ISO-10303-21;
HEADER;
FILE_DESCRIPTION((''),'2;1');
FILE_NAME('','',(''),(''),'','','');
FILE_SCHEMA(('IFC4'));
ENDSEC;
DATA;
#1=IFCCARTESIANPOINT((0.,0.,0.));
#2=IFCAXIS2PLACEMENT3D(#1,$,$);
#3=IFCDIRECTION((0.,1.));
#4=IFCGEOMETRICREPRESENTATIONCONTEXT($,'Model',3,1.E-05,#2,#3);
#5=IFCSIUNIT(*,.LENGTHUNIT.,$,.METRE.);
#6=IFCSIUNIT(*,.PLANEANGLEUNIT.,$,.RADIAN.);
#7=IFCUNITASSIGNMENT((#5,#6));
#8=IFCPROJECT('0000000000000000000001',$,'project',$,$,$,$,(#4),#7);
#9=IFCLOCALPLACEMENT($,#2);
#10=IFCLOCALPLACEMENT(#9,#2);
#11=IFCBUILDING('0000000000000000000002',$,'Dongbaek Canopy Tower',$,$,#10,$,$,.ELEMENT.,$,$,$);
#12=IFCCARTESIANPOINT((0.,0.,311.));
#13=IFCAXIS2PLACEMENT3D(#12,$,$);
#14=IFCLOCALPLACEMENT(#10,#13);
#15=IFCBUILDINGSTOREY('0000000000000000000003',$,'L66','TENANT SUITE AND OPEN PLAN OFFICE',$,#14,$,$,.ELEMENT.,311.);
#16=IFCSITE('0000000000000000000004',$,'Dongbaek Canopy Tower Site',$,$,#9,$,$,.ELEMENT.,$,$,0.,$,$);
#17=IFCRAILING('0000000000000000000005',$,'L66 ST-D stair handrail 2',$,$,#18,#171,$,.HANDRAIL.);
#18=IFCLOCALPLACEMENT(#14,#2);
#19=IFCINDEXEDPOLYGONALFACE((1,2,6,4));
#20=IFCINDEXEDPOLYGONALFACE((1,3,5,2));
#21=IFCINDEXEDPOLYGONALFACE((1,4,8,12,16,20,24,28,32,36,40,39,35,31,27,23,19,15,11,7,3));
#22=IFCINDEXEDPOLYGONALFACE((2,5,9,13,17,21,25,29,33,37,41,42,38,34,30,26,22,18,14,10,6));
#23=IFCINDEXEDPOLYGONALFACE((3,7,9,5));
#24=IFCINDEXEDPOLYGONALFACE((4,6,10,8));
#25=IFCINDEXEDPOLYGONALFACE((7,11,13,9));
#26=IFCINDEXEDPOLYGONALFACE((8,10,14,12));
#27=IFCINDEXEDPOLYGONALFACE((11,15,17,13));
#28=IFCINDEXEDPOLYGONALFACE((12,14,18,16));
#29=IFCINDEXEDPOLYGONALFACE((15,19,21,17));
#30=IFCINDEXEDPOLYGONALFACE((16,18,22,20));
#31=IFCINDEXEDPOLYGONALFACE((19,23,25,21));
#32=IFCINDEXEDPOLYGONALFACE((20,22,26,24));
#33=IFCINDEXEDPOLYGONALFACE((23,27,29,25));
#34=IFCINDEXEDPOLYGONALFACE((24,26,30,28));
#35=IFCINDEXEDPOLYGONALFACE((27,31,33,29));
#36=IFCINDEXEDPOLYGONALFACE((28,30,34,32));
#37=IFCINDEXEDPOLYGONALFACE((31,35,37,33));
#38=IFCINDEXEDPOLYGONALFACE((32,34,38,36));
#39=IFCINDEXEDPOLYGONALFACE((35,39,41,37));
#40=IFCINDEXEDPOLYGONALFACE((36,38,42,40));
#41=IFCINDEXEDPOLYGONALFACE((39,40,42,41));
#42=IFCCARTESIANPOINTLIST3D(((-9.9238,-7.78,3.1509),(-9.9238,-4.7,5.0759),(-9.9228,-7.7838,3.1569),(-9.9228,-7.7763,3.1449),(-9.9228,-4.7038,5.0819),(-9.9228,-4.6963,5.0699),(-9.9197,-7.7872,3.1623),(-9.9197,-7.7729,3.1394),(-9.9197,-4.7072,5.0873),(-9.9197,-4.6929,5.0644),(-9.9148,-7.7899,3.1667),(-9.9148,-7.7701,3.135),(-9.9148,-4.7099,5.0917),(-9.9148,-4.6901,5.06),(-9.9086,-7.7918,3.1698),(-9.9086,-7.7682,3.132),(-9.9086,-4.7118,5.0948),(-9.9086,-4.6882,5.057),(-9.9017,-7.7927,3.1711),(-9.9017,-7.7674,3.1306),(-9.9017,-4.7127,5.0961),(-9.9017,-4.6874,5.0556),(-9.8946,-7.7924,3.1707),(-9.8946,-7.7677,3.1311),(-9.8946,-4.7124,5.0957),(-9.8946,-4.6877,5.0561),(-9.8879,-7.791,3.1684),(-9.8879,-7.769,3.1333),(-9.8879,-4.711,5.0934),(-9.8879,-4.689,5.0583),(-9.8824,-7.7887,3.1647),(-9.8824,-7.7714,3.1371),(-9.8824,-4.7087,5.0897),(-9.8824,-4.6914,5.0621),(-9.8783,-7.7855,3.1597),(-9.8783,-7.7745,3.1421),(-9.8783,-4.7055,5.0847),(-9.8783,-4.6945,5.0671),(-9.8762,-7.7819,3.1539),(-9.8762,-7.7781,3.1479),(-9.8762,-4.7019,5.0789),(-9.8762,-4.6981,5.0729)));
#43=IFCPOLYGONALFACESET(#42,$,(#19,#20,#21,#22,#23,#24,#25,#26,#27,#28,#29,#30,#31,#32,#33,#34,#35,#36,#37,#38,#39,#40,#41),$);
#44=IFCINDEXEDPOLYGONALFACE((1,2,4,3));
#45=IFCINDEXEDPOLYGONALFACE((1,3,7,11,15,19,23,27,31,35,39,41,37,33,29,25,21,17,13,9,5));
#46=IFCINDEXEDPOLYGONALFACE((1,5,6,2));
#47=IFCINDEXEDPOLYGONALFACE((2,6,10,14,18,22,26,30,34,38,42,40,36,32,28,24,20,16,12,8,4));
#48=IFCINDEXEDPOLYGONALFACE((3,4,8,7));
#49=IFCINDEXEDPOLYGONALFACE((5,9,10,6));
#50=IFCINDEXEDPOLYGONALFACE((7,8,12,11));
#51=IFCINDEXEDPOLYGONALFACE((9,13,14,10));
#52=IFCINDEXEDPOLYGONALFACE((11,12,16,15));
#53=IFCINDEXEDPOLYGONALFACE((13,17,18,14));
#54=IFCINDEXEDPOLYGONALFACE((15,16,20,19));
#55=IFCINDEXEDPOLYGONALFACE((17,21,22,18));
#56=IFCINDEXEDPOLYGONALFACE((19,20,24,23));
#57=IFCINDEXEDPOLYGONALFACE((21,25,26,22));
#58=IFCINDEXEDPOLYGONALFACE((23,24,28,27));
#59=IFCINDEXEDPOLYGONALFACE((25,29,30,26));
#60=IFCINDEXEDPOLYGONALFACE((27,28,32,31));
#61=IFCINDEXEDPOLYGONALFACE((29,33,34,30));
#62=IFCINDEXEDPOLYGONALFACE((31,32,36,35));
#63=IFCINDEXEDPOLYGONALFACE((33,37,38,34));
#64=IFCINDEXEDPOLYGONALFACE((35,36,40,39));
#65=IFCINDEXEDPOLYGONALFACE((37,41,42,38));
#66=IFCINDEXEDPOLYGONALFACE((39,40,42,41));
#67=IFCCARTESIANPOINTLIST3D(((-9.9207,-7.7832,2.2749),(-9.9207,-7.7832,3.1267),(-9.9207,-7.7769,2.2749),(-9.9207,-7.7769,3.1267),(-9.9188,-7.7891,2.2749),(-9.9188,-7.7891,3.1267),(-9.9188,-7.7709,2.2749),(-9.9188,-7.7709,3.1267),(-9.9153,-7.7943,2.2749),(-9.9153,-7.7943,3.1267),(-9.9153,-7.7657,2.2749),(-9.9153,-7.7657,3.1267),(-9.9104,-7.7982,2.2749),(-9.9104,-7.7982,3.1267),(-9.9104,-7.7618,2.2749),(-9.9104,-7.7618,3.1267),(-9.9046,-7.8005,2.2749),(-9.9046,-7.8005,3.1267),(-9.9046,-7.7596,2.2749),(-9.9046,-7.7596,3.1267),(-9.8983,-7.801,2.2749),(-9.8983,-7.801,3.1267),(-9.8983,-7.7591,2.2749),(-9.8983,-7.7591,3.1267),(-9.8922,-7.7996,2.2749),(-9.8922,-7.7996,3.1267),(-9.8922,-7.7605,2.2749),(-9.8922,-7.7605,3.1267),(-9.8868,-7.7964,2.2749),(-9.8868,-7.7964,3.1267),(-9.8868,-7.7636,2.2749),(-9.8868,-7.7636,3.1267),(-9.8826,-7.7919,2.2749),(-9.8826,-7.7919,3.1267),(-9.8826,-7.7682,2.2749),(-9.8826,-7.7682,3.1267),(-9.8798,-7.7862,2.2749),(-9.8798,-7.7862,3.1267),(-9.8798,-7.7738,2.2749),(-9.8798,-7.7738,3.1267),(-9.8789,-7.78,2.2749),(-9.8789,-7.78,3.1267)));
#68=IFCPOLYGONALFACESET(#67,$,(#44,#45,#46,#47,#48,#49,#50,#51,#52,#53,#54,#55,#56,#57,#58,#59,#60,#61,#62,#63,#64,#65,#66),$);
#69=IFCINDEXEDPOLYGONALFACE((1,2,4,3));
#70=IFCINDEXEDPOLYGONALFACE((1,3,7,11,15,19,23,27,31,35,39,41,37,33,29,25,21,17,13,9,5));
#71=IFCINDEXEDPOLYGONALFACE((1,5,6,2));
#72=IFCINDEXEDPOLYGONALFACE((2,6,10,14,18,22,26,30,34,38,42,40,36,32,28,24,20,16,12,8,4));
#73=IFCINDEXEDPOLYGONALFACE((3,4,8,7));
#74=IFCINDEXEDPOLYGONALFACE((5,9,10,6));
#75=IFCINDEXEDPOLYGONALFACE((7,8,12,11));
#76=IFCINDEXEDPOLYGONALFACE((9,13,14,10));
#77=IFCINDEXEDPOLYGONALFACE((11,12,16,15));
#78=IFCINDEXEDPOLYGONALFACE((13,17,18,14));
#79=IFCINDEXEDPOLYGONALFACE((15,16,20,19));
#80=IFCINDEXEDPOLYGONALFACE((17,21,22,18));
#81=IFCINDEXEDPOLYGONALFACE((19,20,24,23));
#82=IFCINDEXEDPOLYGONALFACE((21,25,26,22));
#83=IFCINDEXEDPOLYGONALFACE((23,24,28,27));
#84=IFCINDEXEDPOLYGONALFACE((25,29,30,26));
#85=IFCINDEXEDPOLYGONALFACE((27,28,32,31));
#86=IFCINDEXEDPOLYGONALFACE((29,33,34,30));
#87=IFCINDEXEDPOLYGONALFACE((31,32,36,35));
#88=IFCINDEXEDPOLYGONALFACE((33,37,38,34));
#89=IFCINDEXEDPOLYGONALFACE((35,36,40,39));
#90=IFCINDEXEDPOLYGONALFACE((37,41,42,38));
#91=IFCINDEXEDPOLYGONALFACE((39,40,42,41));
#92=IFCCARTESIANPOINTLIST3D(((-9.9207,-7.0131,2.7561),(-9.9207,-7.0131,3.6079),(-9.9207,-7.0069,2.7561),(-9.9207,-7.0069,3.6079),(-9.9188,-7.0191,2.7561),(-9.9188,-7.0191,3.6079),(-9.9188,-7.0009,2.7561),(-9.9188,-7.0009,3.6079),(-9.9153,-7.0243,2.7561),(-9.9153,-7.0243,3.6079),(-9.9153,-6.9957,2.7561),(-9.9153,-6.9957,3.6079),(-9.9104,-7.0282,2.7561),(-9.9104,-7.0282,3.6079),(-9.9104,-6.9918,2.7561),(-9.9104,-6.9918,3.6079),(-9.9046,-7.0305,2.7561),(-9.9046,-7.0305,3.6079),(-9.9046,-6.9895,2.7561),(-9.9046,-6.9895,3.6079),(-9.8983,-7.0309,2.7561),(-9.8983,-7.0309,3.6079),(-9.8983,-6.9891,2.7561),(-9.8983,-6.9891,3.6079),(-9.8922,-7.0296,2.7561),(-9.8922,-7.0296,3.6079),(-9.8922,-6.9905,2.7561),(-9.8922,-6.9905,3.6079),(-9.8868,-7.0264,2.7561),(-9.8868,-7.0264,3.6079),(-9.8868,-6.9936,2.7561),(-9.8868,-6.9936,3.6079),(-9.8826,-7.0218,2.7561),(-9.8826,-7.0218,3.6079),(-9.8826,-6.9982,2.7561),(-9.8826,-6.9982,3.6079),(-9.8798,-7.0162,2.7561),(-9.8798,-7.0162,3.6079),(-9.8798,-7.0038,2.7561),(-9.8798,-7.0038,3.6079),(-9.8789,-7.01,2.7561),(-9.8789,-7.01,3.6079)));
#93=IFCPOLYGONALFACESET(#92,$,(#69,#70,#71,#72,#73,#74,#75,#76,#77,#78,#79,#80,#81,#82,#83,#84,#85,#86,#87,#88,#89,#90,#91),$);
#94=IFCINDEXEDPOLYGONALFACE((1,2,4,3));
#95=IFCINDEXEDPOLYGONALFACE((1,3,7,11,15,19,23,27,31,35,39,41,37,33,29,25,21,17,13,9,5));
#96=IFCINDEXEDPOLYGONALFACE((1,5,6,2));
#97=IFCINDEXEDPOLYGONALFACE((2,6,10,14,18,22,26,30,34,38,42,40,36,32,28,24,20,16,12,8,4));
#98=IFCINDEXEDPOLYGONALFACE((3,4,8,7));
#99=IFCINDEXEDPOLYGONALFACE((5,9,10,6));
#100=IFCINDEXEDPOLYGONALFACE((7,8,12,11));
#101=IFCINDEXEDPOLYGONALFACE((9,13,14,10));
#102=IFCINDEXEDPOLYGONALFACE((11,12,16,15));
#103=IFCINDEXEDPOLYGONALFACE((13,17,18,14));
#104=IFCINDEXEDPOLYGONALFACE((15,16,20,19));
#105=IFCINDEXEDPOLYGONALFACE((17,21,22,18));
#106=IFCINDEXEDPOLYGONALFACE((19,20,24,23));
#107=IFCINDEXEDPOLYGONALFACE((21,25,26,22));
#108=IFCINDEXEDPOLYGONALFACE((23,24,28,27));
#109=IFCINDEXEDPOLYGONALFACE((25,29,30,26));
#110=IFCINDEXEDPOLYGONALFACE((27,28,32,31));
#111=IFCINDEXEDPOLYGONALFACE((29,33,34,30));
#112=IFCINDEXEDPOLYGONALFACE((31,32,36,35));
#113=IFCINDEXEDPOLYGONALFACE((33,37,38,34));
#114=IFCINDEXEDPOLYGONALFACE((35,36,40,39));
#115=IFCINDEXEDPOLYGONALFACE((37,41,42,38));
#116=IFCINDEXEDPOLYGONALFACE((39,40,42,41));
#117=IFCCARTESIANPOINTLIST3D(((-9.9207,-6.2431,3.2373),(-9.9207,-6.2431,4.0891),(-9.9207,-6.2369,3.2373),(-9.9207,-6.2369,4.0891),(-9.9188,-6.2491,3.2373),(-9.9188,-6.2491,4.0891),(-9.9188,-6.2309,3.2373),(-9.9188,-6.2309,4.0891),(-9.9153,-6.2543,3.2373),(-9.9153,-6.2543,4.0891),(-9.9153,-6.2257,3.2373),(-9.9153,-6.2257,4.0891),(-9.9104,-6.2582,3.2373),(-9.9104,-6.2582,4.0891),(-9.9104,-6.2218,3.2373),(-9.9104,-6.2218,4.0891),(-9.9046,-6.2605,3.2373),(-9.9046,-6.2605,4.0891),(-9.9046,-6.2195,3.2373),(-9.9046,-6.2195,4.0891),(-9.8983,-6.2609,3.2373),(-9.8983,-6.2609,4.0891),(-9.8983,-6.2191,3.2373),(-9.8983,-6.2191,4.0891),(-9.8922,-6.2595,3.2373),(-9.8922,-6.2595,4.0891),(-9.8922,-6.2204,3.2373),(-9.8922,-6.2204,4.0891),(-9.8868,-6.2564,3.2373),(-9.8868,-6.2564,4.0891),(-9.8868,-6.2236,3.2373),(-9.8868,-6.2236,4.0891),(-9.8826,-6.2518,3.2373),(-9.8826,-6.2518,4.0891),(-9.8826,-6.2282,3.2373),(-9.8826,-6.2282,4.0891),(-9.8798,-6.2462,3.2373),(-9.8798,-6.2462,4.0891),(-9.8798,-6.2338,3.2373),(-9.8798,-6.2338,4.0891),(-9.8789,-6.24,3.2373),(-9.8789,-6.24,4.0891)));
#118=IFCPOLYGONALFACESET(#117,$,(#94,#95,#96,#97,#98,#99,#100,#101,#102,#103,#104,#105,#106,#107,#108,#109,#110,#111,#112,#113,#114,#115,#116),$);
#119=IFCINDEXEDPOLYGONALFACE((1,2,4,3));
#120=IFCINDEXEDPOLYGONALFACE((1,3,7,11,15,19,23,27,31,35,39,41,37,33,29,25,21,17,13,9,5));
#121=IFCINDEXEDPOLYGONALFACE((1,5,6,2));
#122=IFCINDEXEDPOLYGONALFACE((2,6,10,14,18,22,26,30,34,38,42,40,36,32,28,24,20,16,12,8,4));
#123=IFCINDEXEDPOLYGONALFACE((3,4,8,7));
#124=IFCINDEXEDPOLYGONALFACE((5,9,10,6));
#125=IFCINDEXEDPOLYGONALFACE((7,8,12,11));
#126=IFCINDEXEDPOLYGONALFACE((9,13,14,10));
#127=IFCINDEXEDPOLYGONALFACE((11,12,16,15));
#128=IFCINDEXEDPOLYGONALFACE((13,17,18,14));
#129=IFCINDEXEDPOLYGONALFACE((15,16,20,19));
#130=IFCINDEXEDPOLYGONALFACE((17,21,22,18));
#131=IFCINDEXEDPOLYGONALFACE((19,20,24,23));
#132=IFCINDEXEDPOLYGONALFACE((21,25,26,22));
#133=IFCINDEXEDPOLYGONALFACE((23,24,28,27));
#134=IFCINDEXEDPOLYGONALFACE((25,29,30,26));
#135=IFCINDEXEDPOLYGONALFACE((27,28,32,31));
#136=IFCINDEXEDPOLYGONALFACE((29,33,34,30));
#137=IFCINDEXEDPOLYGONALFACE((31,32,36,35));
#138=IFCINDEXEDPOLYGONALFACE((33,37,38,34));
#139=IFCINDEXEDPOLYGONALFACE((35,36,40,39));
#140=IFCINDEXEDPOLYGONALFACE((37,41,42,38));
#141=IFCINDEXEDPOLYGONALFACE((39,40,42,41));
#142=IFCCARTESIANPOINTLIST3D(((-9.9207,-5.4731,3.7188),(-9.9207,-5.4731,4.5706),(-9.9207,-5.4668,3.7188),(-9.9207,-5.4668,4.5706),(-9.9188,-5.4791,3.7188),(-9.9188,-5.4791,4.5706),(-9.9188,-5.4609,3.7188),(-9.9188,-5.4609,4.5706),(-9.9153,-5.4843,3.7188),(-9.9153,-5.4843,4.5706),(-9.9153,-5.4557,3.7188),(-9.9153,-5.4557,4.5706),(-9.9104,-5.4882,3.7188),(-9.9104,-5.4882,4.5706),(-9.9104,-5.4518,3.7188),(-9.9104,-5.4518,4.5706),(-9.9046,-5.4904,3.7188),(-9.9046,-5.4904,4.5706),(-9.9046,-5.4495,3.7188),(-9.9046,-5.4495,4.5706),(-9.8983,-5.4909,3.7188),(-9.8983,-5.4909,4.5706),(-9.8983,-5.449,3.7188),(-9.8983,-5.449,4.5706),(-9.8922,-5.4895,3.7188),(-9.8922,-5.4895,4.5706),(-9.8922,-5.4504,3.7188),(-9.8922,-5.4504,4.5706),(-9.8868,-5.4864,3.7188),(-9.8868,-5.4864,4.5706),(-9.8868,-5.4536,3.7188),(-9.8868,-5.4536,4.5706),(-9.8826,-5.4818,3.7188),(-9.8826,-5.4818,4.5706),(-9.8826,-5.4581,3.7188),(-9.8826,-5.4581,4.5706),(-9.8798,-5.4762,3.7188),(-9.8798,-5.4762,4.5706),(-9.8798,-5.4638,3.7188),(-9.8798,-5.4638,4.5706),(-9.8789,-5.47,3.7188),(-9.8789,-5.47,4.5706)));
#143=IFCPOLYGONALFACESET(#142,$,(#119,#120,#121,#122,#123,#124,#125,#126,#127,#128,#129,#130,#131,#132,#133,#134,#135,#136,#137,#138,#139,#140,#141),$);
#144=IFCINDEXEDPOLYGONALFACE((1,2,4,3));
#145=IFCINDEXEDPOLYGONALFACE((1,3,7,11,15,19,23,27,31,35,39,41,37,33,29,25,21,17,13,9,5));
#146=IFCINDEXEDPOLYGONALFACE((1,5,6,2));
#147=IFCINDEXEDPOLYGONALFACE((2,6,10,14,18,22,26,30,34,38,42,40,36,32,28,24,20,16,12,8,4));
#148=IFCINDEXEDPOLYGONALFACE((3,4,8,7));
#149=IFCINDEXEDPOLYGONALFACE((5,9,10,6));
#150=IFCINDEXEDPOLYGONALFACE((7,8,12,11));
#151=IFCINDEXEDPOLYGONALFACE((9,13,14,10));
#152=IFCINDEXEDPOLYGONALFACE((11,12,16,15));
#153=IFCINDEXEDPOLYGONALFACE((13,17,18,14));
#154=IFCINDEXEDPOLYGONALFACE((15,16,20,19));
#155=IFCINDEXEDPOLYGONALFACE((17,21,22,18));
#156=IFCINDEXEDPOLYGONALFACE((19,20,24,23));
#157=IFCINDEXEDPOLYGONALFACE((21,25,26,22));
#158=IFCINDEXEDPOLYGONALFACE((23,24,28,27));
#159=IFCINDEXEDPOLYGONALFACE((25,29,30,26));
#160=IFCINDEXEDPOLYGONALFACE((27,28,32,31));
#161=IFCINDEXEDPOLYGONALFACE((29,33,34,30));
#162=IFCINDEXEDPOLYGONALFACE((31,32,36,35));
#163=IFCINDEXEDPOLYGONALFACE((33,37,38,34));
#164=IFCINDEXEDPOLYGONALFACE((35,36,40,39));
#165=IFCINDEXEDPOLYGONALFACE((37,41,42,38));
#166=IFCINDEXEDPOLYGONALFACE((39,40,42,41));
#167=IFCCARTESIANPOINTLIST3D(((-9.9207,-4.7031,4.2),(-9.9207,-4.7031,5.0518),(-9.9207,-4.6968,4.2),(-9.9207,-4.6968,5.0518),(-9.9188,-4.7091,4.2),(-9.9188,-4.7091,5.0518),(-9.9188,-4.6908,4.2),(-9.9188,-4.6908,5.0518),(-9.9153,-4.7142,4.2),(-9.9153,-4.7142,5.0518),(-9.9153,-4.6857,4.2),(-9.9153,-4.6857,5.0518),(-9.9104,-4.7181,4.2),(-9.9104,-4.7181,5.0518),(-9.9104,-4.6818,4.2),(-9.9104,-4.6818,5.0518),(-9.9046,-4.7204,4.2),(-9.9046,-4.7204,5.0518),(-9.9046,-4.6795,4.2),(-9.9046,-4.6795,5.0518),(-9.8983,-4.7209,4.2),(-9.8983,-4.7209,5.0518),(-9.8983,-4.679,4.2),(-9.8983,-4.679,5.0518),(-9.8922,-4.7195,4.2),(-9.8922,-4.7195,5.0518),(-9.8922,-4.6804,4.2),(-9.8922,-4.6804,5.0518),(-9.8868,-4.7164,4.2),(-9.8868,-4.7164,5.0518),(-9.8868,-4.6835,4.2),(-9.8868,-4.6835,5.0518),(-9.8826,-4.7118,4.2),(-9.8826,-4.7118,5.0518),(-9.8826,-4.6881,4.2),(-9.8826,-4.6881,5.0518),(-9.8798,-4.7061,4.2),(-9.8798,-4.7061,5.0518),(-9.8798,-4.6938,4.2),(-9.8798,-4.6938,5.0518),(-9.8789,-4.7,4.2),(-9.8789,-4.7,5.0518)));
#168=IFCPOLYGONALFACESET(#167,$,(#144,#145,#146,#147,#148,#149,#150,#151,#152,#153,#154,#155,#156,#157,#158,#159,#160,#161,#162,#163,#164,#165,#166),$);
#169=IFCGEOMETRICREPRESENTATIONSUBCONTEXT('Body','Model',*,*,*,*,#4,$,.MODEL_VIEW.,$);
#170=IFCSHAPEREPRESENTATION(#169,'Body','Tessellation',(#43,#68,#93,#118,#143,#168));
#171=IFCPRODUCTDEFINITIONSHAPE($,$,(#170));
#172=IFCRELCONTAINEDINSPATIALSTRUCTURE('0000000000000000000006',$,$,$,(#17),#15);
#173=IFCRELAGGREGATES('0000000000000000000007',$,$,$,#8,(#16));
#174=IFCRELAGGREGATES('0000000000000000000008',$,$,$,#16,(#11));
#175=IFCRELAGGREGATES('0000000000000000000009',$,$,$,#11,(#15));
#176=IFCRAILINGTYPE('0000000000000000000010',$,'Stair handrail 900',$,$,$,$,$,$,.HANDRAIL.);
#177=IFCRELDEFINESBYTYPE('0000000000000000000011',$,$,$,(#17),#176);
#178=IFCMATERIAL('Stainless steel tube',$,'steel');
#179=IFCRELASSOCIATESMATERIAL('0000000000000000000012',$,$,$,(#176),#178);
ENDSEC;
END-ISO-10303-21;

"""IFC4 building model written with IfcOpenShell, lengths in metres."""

from ifc_helpers import new_model, si_unit, direction, frame, origin, origin_2d, place, context, subcontext, project, spatial, circle, extrude, material, type_object, element, save


model = new_model("IFC4")

# Units and contexts
model_context = context("Model", 3, precision=1e-05, world=origin(), true_north=direction((0.0, 1.0)))
body_context = subcontext(model_context, "Body", "Model", "MODEL_VIEW")
ifc_project = project(units=[si_unit("LENGTHUNIT", "METRE"), si_unit("PLANEANGLEUNIT", "RADIAN")], contexts=[model_context])

# Site, building, storey
site_placement = place(None, origin())
site = spatial("IfcSite", under=ifc_project, at=site_placement, Name="Dongbaek Canopy Tower Site", CompositionType="ELEMENT", RefElevation=0.0)
building_placement = place(site_placement, origin())
building = spatial("IfcBuilding", under=site, at=building_placement, Name="Dongbaek Canopy Tower", CompositionType="ELEMENT")
storey_placement = place(building_placement, frame((0.0, 0.0, 311.0)))
storey = spatial("IfcBuildingStorey", under=building, at=storey_placement, Name="L66", Description="TENANT SUITE AND OPEN PLAN OFFICE", CompositionType="ELEMENT", Elevation=311.0)

# Railing
ifc_material_1 = material(Name="Stainless steel tube", Category="steel")
railing_type_1 = type_object("IfcRailingType", Name="Stair handrail 900", PredefinedType="HANDRAIL", material=ifc_material_1)
railing_1_placement = place(storey_placement, frame((-9.8999, -7.78, 2.2749)))
element("IfcRailing", 1, at=railing_1_placement, inside=storey, type_object=railing_type_1, Name="L66 ST-D stair handrail 2", PredefinedType="HANDRAIL", context=body_context, shape_type="SweptSolid", body=[
    extrude(circle(Radius=0.0239, at=origin_2d()), frame((0.0, 0.0, 0.876), z_axis=(0.0, 0.847998, 0.529999), x_axis=(-1.0, 0.0, 0.0)), (0.0, 0.0, 1.0), 3.6321),
    extrude(circle(Radius=0.021, at=origin_2d()), origin(), (0.0, 0.0, 1.0), 0.8518),
    extrude(circle(Radius=0.021, at=origin_2d()), frame((0.0, 0.77, 0.4812)), (0.0, 0.0, 1.0), 0.8518),
    extrude(circle(Radius=0.021, at=origin_2d()), frame((0.0, 1.54, 0.9624)), (0.0, 0.0, 1.0), 0.8518),
    extrude(circle(Radius=0.021, at=origin_2d()), frame((0.0, 2.3101, 1.4438)), (0.0, 0.0, 1.0), 0.8518),
    extrude(circle(Radius=0.021, at=origin_2d()), frame((0.0, 3.0801, 1.925)), (0.0, 0.0, 1.0), 0.8518),
])

save(model, "model.ifc")
